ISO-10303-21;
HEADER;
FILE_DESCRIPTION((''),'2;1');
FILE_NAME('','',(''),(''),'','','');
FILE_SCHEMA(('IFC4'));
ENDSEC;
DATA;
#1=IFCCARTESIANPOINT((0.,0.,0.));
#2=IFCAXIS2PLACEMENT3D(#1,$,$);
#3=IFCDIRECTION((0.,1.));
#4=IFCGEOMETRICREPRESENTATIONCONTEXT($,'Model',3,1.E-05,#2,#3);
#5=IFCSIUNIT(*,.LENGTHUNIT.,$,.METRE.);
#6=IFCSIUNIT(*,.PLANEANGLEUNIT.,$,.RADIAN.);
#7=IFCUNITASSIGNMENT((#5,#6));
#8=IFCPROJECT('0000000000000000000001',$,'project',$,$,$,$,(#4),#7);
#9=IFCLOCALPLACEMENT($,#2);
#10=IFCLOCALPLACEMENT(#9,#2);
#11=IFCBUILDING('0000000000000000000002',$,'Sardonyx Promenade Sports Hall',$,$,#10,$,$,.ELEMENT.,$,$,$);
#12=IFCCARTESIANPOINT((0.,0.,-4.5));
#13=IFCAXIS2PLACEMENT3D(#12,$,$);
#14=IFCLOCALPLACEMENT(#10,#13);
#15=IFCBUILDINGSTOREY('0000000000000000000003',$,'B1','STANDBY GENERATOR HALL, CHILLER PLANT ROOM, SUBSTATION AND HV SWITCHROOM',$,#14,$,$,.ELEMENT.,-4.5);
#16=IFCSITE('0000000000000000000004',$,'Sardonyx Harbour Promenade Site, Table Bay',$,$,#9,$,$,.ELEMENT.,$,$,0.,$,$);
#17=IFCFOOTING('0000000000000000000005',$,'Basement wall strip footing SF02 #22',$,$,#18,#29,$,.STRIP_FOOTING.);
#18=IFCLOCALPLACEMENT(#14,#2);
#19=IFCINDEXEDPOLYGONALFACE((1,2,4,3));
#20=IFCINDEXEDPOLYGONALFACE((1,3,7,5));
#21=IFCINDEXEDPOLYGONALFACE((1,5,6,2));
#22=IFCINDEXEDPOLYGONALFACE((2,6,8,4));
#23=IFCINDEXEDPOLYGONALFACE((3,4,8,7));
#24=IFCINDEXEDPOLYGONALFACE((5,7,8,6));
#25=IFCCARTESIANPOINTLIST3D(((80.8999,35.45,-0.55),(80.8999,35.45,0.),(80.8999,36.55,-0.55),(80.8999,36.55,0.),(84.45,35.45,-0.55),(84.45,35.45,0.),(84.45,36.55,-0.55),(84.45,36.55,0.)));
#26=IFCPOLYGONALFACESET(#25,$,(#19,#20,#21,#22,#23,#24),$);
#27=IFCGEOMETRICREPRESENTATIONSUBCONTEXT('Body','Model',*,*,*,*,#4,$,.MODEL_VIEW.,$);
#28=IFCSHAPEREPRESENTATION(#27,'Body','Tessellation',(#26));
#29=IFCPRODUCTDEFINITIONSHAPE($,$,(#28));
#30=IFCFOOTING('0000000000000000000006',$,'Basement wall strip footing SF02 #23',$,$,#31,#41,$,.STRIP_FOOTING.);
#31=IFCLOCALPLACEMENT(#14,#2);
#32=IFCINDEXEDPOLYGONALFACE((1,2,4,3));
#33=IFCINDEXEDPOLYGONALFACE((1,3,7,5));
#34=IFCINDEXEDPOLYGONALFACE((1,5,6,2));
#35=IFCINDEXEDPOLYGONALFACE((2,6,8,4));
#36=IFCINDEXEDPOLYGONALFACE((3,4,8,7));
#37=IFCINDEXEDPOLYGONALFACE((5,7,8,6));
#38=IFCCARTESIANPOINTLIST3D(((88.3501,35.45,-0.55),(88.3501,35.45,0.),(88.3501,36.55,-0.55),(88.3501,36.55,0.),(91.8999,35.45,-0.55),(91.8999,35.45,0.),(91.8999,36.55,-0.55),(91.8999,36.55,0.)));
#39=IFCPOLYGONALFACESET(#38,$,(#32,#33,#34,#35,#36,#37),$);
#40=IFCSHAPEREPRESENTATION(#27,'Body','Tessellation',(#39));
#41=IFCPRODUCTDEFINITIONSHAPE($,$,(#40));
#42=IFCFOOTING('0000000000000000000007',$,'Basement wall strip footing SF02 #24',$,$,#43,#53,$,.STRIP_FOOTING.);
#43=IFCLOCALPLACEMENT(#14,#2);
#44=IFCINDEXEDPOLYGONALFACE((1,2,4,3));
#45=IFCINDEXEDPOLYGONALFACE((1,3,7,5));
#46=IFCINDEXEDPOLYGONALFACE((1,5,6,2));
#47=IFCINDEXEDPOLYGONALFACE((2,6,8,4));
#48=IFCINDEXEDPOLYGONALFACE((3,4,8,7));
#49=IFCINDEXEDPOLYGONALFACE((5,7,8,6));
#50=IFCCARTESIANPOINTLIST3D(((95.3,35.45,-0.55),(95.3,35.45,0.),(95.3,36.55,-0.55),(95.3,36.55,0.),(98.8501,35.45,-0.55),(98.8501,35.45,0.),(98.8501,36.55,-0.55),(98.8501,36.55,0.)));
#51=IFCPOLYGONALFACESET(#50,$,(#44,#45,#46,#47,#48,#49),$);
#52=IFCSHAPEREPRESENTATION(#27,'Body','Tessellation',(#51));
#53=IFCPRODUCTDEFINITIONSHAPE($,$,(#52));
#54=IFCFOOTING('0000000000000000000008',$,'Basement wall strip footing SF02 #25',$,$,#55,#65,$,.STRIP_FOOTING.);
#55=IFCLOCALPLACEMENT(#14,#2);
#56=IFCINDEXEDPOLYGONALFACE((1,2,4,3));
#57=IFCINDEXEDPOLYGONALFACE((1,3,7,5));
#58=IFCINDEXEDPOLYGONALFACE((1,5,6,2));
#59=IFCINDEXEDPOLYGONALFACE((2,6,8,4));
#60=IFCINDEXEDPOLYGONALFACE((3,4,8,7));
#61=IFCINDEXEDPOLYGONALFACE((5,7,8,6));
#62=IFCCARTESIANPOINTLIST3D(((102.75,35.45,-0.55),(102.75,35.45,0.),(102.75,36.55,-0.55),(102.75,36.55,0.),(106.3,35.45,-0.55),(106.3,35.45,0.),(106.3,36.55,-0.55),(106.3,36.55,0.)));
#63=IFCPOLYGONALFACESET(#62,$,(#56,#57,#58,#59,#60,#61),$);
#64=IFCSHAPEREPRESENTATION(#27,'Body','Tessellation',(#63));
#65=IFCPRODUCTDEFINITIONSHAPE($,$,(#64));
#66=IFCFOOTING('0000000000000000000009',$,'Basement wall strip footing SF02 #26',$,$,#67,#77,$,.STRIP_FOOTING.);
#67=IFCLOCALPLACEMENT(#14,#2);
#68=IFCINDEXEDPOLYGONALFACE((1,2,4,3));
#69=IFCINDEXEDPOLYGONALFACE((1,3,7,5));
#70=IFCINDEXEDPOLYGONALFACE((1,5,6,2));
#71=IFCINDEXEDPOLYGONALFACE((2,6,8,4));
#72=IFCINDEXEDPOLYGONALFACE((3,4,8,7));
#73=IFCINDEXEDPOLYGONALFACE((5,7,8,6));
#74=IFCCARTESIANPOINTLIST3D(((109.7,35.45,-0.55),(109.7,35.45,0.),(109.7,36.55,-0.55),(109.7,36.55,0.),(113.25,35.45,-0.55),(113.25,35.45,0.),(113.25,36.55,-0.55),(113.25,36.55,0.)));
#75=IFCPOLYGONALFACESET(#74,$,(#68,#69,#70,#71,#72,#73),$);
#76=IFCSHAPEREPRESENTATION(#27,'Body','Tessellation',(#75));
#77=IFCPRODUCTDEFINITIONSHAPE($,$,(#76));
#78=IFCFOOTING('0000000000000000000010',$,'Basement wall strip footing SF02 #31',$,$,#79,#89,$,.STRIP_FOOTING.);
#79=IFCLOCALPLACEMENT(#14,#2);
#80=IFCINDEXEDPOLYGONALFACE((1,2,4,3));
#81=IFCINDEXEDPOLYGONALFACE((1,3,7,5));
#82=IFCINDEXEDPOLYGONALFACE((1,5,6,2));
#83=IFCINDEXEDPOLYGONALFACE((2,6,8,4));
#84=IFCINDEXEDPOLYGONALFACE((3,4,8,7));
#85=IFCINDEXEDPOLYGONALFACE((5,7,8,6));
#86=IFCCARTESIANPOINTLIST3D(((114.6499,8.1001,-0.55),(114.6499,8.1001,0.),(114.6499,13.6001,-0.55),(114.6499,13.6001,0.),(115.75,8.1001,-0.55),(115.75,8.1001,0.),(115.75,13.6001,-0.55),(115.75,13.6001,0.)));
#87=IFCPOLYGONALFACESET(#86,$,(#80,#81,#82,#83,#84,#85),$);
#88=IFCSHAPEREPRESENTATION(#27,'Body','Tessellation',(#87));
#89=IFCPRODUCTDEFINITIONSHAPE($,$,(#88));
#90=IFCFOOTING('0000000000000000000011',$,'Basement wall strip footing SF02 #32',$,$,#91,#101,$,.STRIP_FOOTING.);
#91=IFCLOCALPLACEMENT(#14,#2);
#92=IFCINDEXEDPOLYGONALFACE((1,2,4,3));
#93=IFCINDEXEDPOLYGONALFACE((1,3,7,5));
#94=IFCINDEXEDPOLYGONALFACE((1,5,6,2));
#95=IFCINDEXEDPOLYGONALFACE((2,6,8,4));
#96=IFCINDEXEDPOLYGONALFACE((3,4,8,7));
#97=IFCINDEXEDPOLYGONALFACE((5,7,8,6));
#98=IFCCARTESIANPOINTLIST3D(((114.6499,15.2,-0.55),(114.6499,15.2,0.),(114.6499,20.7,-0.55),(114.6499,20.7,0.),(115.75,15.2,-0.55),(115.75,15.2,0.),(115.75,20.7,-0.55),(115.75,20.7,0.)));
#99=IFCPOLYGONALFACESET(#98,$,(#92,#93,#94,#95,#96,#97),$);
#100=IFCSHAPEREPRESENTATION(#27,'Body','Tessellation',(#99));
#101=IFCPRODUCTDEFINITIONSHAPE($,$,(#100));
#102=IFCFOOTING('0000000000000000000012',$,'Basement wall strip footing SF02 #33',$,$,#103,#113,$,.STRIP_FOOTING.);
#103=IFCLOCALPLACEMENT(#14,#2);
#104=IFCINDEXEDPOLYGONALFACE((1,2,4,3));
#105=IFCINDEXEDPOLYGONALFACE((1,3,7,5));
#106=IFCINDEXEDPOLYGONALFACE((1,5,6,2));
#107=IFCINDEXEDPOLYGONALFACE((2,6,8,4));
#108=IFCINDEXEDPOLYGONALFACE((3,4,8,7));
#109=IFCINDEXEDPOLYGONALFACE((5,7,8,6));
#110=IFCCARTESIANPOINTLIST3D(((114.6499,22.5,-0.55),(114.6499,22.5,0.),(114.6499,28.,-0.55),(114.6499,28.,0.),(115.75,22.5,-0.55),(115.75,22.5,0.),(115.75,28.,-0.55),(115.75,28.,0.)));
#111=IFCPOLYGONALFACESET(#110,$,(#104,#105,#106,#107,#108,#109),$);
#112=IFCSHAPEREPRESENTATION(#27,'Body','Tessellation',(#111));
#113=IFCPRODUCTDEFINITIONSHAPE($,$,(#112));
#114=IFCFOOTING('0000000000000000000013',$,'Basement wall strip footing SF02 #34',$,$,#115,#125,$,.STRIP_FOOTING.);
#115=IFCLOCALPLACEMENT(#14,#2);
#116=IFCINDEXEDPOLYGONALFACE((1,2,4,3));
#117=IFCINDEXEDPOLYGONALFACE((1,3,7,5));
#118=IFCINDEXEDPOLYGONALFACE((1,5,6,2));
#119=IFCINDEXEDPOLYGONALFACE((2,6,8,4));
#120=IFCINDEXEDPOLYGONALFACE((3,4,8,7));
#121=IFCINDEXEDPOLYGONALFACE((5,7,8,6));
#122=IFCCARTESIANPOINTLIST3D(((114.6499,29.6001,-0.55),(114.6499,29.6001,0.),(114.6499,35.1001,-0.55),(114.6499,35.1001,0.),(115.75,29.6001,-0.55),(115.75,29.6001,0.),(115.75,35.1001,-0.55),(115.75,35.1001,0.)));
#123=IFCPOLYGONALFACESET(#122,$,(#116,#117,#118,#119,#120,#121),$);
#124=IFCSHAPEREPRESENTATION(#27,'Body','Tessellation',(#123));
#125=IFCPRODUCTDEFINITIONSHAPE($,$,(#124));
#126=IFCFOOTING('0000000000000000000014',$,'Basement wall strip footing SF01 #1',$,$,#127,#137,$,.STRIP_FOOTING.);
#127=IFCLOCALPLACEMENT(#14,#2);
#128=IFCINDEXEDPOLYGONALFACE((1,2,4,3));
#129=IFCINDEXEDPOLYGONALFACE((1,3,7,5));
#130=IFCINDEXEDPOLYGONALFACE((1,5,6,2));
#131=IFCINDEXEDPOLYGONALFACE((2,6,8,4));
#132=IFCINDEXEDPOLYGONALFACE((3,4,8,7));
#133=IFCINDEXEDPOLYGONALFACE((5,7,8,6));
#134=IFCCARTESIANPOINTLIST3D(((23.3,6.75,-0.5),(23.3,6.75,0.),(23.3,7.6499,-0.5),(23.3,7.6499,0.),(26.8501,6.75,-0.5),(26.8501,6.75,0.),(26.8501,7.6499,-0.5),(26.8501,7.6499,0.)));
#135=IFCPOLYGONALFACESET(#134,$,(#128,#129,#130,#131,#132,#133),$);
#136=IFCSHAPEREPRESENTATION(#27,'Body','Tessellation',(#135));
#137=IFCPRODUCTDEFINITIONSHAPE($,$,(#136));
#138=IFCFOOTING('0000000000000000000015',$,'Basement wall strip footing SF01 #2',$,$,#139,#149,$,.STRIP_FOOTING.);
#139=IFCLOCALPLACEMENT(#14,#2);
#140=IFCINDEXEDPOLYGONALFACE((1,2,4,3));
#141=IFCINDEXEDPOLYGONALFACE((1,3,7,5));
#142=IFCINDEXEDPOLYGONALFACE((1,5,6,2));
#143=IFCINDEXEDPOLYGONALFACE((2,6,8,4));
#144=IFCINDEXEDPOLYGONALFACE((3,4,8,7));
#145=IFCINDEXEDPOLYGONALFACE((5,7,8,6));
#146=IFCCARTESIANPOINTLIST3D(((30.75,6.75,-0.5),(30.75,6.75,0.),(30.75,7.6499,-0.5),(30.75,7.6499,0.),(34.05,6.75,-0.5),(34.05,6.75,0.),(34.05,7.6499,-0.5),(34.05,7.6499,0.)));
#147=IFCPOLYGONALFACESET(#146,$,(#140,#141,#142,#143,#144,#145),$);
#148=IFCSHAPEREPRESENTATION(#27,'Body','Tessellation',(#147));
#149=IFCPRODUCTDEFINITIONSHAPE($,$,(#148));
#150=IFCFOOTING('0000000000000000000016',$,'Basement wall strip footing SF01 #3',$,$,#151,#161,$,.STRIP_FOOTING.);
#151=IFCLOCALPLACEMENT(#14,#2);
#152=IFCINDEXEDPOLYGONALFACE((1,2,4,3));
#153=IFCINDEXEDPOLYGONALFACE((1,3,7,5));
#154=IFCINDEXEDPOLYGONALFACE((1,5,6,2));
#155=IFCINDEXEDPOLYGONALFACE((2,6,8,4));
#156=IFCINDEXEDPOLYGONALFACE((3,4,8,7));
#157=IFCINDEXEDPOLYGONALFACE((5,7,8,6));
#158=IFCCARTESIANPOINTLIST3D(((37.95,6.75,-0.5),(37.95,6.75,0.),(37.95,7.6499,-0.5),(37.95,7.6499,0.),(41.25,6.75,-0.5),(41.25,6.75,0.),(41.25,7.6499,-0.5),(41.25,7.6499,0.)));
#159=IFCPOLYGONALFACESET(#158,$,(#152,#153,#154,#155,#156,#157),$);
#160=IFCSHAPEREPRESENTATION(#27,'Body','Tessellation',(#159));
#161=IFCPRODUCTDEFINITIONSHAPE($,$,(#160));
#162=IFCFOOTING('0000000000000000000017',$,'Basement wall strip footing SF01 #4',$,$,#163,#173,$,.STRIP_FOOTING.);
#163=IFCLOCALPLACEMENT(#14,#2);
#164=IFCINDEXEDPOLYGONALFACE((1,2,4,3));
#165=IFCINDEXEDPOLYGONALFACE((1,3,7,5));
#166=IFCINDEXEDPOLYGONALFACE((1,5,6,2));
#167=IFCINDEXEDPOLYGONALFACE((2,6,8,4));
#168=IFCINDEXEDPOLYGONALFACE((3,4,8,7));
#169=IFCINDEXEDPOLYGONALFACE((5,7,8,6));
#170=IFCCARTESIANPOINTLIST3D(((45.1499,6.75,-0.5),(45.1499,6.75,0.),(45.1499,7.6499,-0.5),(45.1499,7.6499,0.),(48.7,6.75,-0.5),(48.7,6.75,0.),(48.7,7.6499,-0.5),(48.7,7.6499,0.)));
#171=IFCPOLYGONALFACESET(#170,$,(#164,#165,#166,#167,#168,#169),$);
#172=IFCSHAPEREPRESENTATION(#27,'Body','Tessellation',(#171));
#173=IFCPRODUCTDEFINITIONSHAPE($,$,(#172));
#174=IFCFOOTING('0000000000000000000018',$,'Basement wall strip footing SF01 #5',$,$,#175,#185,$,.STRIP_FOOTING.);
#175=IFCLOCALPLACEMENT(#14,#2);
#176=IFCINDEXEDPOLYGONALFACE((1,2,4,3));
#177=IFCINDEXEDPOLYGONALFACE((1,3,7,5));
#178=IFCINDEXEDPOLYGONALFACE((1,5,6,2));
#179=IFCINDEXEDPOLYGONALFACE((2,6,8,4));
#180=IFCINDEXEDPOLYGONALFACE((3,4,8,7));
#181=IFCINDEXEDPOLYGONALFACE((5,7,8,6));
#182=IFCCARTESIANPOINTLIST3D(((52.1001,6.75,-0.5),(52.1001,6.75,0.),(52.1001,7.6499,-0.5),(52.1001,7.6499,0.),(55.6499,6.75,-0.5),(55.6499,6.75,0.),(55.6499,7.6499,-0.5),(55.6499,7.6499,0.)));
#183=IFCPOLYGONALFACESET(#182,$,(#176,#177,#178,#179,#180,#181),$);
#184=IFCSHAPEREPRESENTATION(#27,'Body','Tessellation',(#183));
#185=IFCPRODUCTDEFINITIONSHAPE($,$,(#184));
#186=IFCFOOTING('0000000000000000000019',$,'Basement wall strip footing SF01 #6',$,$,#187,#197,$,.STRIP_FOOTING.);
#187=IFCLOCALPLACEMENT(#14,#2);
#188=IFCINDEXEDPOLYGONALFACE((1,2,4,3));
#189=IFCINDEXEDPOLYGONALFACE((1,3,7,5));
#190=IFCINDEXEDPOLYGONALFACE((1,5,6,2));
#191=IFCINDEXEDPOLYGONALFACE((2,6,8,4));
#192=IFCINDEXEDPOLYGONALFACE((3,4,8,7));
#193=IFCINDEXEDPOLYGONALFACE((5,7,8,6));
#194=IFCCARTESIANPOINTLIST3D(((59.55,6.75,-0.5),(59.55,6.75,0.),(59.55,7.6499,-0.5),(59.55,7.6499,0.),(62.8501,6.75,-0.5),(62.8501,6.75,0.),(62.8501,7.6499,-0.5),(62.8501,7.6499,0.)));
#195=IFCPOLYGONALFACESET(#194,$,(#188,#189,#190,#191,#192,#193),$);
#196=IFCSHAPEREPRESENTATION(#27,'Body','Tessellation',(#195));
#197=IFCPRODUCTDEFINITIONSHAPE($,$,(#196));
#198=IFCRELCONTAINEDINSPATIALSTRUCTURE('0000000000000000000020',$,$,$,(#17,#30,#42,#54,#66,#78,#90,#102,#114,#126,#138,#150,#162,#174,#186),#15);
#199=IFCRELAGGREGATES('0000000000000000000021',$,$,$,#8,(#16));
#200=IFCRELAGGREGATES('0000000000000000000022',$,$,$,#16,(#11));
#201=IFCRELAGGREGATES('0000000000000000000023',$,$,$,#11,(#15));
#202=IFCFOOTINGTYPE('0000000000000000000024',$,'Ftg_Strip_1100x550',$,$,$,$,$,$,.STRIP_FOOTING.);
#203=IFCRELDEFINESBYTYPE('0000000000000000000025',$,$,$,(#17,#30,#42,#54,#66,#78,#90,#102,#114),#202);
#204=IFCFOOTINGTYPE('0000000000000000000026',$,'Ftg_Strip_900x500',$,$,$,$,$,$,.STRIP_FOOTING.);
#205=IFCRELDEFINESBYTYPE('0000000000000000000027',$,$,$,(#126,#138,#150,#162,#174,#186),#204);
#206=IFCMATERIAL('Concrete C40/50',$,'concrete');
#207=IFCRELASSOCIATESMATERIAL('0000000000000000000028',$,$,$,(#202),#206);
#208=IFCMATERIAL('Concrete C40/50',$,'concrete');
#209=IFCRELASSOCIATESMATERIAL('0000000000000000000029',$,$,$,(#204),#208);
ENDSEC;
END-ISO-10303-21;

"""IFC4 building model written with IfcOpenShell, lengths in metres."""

from ifc_helpers import new_model, si_unit, direction, frame, origin, place, context, subcontext, project, spatial, polyline, outline, extrude, material, type_object, element, save


model = new_model("IFC4")

# Units and contexts
model_context = context("Model", 3, precision=1e-05, world=origin(), true_north=direction((0.0, 1.0)))
body_context = subcontext(model_context, "Body", "Model", "MODEL_VIEW")
ifc_project = project(units=[si_unit("LENGTHUNIT", "METRE"), si_unit("PLANEANGLEUNIT", "RADIAN")], contexts=[model_context])

# Site, building, storey
site_placement = place(None, origin())
site = spatial("IfcSite", under=ifc_project, at=site_placement, Name="Sardonyx Harbour Promenade Site, Table Bay", CompositionType="ELEMENT", RefElevation=0.0)
building_placement = place(site_placement, origin())
building = spatial("IfcBuilding", under=site, at=building_placement, Name="Sardonyx Promenade Sports Hall", CompositionType="ELEMENT")
storey_placement = place(building_placement, frame((0.0, 0.0, -4.5)))
storey = spatial("IfcBuildingStorey", under=building, at=storey_placement, Name="B1", Description="STANDBY GENERATOR HALL, CHILLER PLANT ROOM, SUBSTATION AND HV SWITCHROOM", CompositionType="ELEMENT", Elevation=-4.5)

# Footings
ifc_material_1 = material(Name="Concrete C40/50", Category="concrete")
footing_type_1 = type_object("IfcFootingType", Name="Ftg_Strip_1100x550", PredefinedType="STRIP_FOOTING", material=ifc_material_1)
footing_1_placement = place(storey_placement, frame((0.0, 0.0, -0.55)))
element("IfcFooting", 1, at=footing_1_placement, inside=storey, type_object=footing_type_1, Name="Basement wall strip footing SF02 #22", PredefinedType="STRIP_FOOTING", context=body_context, shape_type="SweptSolid", body=[
    extrude(outline(polyline([(80.8999, 35.45), (84.45, 35.45), (84.45, 36.55), (80.8999, 36.55), (80.8999, 35.45)])), origin(), (0.0, 0.0, 1.0), 0.55),
])
footing_2_placement = place(storey_placement, frame((0.0, 0.0, -0.55)))
element("IfcFooting", 2, at=footing_2_placement, inside=storey, type_object=footing_type_1, Name="Basement wall strip footing SF02 #23", PredefinedType="STRIP_FOOTING", context=body_context, shape_type="SweptSolid", body=[
    extrude(outline(polyline([(88.3501, 35.45), (91.8999, 35.45), (91.8999, 36.55), (88.3501, 36.55), (88.3501, 35.45)])), origin(), (0.0, 0.0, 1.0), 0.55),
])
footing_3_placement = place(storey_placement, frame((0.0, 0.0, -0.55)))
element("IfcFooting", 3, at=footing_3_placement, inside=storey, type_object=footing_type_1, Name="Basement wall strip footing SF02 #24", PredefinedType="STRIP_FOOTING", context=body_context, shape_type="SweptSolid", body=[
    extrude(outline(polyline([(95.3, 35.45), (98.8501, 35.45), (98.8501, 36.55), (95.3, 36.55), (95.3, 35.45)])), origin(), (0.0, 0.0, 1.0), 0.55),
])
footing_4_placement = place(storey_placement, frame((0.0, 0.0, -0.55)))
element("IfcFooting", 4, at=footing_4_placement, inside=storey, type_object=footing_type_1, Name="Basement wall strip footing SF02 #25", PredefinedType="STRIP_FOOTING", context=body_context, shape_type="SweptSolid", body=[
    extrude(outline(polyline([(102.75, 35.45), (106.3, 35.45), (106.3, 36.55), (102.75, 36.55), (102.75, 35.45)])), origin(), (0.0, 0.0, 1.0), 0.55),
])
footing_5_placement = place(storey_placement, frame((0.0, 0.0, -0.55)))
element("IfcFooting", 5, at=footing_5_placement, inside=storey, type_object=footing_type_1, Name="Basement wall strip footing SF02 #26", PredefinedType="STRIP_FOOTING", context=body_context, shape_type="SweptSolid", body=[
    extrude(outline(polyline([(109.7, 35.45), (113.25, 35.45), (113.25, 36.55), (109.7, 36.55), (109.7, 35.45)])), origin(), (0.0, 0.0, 1.0), 0.55),
])
footing_6_placement = place(storey_placement, frame((0.0, 0.0, -0.55)))
element("IfcFooting", 6, at=footing_6_placement, inside=storey, type_object=footing_type_1, Name="Basement wall strip footing SF02 #31", PredefinedType="STRIP_FOOTING", context=body_context, shape_type="SweptSolid", body=[
    extrude(outline(polyline([(114.6499, 8.1001), (115.75, 8.1001), (115.75, 13.6001), (114.6499, 13.6001), (114.6499, 8.1001)])), origin(), (0.0, 0.0, 1.0), 0.55),
])
footing_7_placement = place(storey_placement, frame((0.0, 0.0, -0.55)))
element("IfcFooting", 7, at=footing_7_placement, inside=storey, type_object=footing_type_1, Name="Basement wall strip footing SF02 #32", PredefinedType="STRIP_FOOTING", context=body_context, shape_type="SweptSolid", body=[
    extrude(outline(polyline([(114.6499, 15.2), (115.75, 15.2), (115.75, 20.7), (114.6499, 20.7), (114.6499, 15.2)])), origin(), (0.0, 0.0, 1.0), 0.55),
])
footing_8_placement = place(storey_placement, frame((0.0, 0.0, -0.55)))
element("IfcFooting", 8, at=footing_8_placement, inside=storey, type_object=footing_type_1, Name="Basement wall strip footing SF02 #33", PredefinedType="STRIP_FOOTING", context=body_context, shape_type="SweptSolid", body=[
    extrude(outline(polyline([(114.6499, 22.5), (115.75, 22.5), (115.75, 28.0), (114.6499, 28.0), (114.6499, 22.5)])), origin(), (0.0, 0.0, 1.0), 0.55),
])
footing_9_placement = place(storey_placement, frame((0.0, 0.0, -0.55)))
element("IfcFooting", 9, at=footing_9_placement, inside=storey, type_object=footing_type_1, Name="Basement wall strip footing SF02 #34", PredefinedType="STRIP_FOOTING", context=body_context, shape_type="SweptSolid", body=[
    extrude(outline(polyline([(114.6499, 29.6001), (115.75, 29.6001), (115.75, 35.1001), (114.6499, 35.1001), (114.6499, 29.6001)])), origin(), (0.0, 0.0, 1.0), 0.55),
])
ifc_material_2 = material(Name="Concrete C40/50", Category="concrete")
footing_type_2 = type_object("IfcFootingType", Name="Ftg_Strip_900x500", PredefinedType="STRIP_FOOTING", material=ifc_material_2)
footing_10_placement = place(storey_placement, frame((0.0, 0.0, -0.5)))
element("IfcFooting", 10, at=footing_10_placement, inside=storey, type_object=footing_type_2, Name="Basement wall strip footing SF01 #1", PredefinedType="STRIP_FOOTING", context=body_context, shape_type="SweptSolid", body=[
    extrude(outline(polyline([(23.3, 6.75), (26.8501, 6.75), (26.8501, 7.6499), (23.3, 7.6499), (23.3, 6.75)])), origin(), (0.0, 0.0, 1.0), 0.5),
])
footing_11_placement = place(storey_placement, frame((0.0, 0.0, -0.5)))
element("IfcFooting", 11, at=footing_11_placement, inside=storey, type_object=footing_type_2, Name="Basement wall strip footing SF01 #2", PredefinedType="STRIP_FOOTING", context=body_context, shape_type="SweptSolid", body=[
    extrude(outline(polyline([(30.75, 6.75), (34.05, 6.75), (34.05, 7.6499), (30.75, 7.6499), (30.75, 6.75)])), origin(), (0.0, 0.0, 1.0), 0.5),
])
footing_12_placement = place(storey_placement, frame((0.0, 0.0, -0.5)))
element("IfcFooting", 12, at=footing_12_placement, inside=storey, type_object=footing_type_2, Name="Basement wall strip footing SF01 #3", PredefinedType="STRIP_FOOTING", context=body_context, shape_type="SweptSolid", body=[
    extrude(outline(polyline([(37.95, 6.75), (41.25, 6.75), (41.25, 7.6499), (37.95, 7.6499), (37.95, 6.75)])), origin(), (0.0, 0.0, 1.0), 0.5),
])
footing_13_placement = place(storey_placement, frame((0.0, 0.0, -0.5)))
element("IfcFooting", 13, at=footing_13_placement, inside=storey, type_object=footing_type_2, Name="Basement wall strip footing SF01 #4", PredefinedType="STRIP_FOOTING", context=body_context, shape_type="SweptSolid", body=[
    extrude(outline(polyline([(45.1499, 6.75), (48.7, 6.75), (48.7, 7.6499), (45.1499, 7.6499), (45.1499, 6.75)])), origin(), (0.0, 0.0, 1.0), 0.5),
])
footing_14_placement = place(storey_placement, frame((0.0, 0.0, -0.5)))
element("IfcFooting", 14, at=footing_14_placement, inside=storey, type_object=footing_type_2, Name="Basement wall strip footing SF01 #5", PredefinedType="STRIP_FOOTING", context=body_context, shape_type="SweptSolid", body=[
    extrude(outline(polyline([(52.1001, 6.75), (55.6499, 6.75), (55.6499, 7.6499), (52.1001, 7.6499), (52.1001, 6.75)])), origin(), (0.0, 0.0, 1.0), 0.5),
])
footing_15_placement = place(storey_placement, frame((0.0, 0.0, -0.5)))
element("IfcFooting", 15, at=footing_15_placement, inside=storey, type_object=footing_type_2, Name="Basement wall strip footing SF01 #6", PredefinedType="STRIP_FOOTING", context=body_context, shape_type="SweptSolid", body=[
    extrude(outline(polyline([(59.55, 6.75), (62.8501, 6.75), (62.8501, 7.6499), (59.55, 7.6499), (59.55, 6.75)])), origin(), (0.0, 0.0, 1.0), 0.5),
])

save(model, "model.ifc")
